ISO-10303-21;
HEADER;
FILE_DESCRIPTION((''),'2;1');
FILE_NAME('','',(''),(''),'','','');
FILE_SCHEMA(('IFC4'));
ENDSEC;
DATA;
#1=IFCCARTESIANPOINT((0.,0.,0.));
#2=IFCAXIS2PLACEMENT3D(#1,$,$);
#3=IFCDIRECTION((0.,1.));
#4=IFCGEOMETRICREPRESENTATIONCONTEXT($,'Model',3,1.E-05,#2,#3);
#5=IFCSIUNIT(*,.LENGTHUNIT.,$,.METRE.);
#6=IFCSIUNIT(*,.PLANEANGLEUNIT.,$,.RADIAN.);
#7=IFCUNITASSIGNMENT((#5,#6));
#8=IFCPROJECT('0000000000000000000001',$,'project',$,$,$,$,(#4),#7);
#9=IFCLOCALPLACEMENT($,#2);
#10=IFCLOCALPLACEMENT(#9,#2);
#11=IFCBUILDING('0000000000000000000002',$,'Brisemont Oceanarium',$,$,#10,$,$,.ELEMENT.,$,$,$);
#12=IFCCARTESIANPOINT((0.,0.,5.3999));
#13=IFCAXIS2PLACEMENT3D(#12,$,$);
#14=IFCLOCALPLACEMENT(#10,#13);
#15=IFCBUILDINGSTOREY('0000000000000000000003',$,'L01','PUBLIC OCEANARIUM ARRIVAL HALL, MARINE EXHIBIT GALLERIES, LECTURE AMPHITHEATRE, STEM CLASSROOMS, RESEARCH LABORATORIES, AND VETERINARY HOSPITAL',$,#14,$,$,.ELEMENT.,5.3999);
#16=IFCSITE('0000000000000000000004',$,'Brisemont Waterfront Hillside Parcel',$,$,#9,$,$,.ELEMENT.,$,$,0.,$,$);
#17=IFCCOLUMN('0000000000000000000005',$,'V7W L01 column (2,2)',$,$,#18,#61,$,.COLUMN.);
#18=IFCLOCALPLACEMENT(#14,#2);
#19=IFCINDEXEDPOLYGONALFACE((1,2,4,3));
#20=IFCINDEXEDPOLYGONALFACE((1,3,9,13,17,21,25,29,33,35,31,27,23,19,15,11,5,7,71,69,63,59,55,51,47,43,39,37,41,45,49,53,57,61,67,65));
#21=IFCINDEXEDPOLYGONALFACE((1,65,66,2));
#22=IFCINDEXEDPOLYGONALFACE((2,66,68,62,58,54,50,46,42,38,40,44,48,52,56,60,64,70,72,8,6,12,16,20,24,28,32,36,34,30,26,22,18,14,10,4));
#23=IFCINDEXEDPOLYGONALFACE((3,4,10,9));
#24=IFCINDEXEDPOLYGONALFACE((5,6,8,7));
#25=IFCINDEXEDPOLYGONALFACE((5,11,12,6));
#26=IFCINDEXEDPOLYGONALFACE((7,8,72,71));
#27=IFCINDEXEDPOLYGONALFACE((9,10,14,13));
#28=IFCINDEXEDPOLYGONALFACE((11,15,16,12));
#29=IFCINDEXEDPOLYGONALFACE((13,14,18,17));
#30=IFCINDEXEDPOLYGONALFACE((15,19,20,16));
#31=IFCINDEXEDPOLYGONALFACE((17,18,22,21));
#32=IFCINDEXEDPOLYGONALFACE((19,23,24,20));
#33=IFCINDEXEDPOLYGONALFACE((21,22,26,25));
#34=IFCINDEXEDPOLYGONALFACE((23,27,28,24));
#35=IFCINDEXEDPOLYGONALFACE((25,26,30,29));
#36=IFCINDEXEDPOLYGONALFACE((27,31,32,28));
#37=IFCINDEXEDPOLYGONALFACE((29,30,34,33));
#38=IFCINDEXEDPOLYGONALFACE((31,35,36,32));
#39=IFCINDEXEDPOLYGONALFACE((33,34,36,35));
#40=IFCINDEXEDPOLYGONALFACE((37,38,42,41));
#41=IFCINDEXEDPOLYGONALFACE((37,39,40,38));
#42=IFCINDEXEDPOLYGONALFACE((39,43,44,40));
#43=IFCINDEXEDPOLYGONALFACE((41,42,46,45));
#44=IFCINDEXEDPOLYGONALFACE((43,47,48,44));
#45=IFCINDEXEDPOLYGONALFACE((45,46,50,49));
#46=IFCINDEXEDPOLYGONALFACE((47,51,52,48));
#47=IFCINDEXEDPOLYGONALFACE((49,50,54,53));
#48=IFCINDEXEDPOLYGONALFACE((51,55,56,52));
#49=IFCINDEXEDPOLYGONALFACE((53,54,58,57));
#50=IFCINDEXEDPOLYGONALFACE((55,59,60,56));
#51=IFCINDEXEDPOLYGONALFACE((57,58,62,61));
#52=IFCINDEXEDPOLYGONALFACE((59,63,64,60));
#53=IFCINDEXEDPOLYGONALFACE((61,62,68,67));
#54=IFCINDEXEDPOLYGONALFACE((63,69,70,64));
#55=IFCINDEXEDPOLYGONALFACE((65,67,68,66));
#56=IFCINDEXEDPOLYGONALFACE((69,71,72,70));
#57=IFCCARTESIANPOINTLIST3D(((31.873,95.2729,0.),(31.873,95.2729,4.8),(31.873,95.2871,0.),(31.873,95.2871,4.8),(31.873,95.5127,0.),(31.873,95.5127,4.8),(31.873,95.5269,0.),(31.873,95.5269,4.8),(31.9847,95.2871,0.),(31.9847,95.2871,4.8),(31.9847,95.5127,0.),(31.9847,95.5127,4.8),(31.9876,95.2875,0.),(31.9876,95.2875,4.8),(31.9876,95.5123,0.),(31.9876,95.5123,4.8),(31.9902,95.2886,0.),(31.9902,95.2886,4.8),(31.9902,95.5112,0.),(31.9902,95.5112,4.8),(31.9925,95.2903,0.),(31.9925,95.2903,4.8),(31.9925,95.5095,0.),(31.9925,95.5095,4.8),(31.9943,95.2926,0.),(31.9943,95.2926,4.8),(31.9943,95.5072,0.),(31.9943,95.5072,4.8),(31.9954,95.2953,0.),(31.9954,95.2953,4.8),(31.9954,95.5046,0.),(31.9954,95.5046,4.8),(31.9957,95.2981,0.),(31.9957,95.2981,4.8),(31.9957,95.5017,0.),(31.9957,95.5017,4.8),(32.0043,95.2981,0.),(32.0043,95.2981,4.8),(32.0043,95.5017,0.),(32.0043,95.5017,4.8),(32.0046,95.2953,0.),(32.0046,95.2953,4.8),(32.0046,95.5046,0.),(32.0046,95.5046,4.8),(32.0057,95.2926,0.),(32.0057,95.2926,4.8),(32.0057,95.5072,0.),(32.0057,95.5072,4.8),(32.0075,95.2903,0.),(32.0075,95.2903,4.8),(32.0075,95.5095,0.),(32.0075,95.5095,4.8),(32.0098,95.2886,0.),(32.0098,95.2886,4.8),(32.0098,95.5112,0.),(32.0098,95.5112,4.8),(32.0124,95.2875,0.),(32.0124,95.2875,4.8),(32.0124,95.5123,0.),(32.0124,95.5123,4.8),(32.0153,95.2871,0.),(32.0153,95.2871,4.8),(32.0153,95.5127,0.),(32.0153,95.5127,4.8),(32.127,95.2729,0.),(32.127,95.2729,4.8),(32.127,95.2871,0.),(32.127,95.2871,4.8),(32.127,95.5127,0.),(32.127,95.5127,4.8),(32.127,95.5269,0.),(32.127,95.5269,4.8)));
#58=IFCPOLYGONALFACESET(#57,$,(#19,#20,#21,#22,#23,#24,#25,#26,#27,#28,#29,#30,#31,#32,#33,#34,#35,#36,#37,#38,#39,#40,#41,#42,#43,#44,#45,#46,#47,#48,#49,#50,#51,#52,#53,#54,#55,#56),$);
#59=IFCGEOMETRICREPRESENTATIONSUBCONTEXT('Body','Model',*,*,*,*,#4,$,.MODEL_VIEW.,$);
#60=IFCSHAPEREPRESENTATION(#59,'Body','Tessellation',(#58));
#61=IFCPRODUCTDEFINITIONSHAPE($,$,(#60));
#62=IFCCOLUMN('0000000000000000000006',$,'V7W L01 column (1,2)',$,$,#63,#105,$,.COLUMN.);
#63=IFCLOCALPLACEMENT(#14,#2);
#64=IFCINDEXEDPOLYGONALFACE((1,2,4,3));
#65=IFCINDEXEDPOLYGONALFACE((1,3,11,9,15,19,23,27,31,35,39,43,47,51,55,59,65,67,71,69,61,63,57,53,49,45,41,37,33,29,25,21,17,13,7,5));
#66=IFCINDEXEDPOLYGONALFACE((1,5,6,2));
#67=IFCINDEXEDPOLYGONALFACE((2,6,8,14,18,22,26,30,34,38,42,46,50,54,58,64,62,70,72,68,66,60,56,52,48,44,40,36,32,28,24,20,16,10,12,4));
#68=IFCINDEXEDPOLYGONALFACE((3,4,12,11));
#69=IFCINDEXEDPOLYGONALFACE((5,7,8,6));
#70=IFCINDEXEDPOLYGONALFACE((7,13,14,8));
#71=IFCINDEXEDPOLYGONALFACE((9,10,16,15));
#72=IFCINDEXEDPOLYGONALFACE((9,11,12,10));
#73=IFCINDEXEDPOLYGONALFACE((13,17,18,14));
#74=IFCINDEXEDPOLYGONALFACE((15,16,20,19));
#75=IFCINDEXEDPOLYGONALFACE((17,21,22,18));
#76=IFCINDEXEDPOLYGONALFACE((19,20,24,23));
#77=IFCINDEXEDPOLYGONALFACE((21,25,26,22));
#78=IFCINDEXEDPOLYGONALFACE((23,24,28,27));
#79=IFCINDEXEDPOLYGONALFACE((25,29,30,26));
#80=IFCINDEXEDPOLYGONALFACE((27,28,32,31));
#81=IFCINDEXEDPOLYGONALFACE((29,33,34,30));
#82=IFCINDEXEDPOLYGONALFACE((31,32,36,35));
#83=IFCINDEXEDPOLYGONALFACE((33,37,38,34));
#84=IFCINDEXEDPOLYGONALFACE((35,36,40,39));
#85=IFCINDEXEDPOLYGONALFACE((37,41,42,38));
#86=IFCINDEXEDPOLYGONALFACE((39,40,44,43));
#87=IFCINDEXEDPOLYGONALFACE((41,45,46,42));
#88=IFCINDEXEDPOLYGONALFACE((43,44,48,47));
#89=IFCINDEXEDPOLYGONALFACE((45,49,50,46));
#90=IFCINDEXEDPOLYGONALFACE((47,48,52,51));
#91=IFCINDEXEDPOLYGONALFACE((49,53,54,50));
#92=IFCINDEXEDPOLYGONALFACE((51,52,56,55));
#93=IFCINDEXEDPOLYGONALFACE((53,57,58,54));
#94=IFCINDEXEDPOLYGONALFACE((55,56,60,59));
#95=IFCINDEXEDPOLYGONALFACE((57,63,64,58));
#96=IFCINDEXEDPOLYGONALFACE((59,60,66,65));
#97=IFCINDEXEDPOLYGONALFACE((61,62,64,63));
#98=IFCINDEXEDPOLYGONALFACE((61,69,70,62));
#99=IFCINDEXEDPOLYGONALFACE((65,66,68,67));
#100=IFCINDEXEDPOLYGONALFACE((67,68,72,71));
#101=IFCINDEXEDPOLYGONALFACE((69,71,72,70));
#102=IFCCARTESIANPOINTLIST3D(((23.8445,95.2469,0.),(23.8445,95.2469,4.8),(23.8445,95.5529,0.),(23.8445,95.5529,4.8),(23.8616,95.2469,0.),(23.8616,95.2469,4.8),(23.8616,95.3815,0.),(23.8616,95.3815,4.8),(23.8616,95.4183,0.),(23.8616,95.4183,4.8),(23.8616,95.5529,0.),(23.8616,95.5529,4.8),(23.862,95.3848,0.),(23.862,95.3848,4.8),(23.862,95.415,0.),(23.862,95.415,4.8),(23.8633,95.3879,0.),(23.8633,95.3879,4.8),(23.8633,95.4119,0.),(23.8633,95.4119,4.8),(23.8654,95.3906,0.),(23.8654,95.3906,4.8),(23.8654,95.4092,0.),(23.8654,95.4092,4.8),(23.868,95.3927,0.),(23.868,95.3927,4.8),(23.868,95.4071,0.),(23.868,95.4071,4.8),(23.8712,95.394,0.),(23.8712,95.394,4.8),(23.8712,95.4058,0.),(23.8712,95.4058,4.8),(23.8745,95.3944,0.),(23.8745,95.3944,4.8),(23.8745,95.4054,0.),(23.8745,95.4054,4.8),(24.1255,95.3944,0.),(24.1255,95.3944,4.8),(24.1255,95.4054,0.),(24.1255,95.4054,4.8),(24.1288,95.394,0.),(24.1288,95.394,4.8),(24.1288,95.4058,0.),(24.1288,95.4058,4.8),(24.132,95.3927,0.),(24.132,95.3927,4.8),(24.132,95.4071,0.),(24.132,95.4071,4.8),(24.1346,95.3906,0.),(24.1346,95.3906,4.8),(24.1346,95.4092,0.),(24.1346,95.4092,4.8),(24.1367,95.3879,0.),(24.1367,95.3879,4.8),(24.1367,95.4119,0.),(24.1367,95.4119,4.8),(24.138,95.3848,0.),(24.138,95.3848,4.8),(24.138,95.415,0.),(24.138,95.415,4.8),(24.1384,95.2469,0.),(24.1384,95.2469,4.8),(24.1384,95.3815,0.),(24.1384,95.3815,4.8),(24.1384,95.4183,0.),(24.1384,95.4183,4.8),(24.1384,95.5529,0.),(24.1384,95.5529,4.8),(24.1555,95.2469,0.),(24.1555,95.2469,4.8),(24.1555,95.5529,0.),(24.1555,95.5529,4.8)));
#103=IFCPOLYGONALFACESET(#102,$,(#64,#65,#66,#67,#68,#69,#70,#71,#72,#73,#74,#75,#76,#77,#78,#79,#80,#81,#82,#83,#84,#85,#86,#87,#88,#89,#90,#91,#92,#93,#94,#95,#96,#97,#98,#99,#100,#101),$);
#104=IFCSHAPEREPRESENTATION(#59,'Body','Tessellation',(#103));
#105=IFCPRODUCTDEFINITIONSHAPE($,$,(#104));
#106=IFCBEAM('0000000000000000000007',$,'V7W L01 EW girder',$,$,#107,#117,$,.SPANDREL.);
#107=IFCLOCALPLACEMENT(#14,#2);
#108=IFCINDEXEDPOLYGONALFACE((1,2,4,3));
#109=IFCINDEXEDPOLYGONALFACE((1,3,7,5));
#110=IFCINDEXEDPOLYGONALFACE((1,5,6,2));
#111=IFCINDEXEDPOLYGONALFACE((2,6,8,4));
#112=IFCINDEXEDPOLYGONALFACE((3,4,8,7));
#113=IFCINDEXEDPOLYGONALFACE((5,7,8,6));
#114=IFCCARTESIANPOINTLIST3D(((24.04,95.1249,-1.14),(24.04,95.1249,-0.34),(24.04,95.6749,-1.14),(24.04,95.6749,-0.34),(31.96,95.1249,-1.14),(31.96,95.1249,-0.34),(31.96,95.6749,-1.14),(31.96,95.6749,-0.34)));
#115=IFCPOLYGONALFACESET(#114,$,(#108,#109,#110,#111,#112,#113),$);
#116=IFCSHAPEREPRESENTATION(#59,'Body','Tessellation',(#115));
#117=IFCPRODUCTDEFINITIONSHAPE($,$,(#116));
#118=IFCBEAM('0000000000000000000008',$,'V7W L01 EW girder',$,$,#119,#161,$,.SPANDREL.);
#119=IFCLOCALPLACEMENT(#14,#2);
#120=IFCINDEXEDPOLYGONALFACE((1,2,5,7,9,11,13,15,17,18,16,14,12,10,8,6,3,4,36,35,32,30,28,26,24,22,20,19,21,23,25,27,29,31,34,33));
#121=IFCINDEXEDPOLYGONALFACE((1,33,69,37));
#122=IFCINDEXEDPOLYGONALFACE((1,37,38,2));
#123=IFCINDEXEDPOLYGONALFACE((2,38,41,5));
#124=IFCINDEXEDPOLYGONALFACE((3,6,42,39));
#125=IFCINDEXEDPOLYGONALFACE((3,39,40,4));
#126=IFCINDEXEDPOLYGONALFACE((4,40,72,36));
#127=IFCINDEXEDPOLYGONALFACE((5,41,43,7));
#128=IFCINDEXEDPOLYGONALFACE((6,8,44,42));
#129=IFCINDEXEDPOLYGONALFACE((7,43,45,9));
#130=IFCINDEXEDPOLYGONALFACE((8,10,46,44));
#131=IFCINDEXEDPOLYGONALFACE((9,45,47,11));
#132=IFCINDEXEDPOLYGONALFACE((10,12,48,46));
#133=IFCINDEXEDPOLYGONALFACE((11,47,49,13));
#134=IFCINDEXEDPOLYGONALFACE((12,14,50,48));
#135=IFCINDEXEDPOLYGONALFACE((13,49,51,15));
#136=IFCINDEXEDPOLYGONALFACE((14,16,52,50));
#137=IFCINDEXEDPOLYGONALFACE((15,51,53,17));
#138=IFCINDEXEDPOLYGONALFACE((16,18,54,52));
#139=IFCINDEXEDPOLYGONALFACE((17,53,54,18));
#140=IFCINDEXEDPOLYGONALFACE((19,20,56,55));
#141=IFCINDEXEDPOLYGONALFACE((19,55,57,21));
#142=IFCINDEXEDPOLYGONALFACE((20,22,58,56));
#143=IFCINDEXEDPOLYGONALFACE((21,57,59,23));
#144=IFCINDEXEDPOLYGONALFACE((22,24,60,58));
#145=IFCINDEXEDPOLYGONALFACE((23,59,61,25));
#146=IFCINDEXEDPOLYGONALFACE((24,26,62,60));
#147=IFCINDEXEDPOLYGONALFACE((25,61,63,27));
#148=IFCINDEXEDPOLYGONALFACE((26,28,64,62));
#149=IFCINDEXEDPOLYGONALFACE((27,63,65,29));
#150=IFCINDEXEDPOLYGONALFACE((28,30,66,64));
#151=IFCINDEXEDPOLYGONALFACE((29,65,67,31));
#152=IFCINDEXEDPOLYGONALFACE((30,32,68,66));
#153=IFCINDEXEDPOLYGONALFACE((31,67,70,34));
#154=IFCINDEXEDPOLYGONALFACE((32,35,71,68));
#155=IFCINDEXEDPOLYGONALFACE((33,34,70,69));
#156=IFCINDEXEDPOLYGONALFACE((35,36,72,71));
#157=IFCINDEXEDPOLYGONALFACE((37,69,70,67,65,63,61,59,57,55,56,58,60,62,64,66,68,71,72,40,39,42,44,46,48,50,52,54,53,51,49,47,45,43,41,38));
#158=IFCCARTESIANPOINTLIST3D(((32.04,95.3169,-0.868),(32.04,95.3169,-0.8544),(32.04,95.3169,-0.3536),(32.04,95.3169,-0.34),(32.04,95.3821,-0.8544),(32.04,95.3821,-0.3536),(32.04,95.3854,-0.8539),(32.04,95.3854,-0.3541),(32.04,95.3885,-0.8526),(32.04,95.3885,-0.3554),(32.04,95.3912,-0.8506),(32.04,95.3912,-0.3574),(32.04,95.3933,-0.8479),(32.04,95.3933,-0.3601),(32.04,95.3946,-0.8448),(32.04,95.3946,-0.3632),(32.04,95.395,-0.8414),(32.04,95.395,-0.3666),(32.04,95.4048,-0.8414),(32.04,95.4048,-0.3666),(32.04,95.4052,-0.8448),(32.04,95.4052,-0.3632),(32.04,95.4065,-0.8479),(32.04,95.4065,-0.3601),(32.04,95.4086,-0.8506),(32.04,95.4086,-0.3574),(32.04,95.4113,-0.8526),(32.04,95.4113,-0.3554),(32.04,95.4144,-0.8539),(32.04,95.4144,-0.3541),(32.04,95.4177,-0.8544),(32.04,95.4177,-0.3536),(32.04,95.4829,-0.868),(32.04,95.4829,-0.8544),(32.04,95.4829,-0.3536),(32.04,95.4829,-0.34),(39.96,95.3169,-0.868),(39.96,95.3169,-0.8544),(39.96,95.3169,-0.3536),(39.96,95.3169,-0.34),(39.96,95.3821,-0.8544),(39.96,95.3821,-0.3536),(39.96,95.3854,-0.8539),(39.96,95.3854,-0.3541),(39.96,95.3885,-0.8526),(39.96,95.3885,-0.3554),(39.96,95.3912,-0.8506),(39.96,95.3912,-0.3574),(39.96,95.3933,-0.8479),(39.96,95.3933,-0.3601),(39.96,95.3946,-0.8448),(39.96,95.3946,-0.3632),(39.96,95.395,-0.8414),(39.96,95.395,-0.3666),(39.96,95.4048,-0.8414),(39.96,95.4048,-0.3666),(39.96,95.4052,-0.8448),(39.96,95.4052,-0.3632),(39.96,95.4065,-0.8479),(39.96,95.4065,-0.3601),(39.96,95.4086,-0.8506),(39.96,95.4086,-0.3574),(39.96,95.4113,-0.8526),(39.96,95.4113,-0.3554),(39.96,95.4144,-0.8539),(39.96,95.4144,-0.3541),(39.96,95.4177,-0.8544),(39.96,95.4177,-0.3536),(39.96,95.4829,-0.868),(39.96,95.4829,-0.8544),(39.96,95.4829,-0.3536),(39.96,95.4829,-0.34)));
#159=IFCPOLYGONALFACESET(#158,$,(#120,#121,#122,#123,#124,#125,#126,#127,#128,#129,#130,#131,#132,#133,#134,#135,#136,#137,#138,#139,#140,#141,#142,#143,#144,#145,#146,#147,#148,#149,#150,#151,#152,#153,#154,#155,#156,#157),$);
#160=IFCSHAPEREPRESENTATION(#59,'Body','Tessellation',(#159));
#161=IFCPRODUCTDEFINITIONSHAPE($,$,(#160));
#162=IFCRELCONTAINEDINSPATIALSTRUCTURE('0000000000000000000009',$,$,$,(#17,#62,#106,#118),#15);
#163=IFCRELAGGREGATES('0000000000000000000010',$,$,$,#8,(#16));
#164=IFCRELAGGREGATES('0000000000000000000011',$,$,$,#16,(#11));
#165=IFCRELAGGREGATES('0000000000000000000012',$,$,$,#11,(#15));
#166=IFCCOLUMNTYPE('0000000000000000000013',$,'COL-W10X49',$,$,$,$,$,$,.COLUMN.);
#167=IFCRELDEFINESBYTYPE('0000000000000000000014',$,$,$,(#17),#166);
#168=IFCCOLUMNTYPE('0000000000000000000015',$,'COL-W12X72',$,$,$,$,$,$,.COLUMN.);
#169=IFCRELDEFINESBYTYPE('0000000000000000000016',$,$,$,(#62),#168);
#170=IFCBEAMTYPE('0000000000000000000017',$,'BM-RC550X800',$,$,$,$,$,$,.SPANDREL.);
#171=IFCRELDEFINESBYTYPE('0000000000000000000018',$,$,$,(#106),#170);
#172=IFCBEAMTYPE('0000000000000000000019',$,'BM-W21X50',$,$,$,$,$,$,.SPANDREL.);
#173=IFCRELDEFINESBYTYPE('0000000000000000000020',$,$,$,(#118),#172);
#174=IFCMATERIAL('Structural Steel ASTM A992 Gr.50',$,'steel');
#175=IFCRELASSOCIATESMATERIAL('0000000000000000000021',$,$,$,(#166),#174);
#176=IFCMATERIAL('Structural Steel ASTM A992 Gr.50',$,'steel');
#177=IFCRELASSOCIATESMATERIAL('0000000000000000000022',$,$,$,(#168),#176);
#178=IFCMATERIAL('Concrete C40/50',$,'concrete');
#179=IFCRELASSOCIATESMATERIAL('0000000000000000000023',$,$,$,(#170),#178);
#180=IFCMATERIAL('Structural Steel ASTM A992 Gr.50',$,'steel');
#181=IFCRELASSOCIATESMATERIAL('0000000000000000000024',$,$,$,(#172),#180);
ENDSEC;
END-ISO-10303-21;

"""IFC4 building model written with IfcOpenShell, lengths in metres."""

from ifc_helpers import new_model, si_unit, direction, frame, origin, origin_2d, place, context, subcontext, project, spatial, rectangle, i_section, extrude, material, material_profile, profile_set, type_object, element, save


model = new_model("IFC4")

# Units and contexts
model_context = context("Model", 3, precision=1e-05, world=origin(), true_north=direction((0.0, 1.0)))
body_context = subcontext(model_context, "Body", "Model", "MODEL_VIEW")
ifc_project = project(units=[si_unit("LENGTHUNIT", "METRE"), si_unit("PLANEANGLEUNIT", "RADIAN")], contexts=[model_context])

# Site, building, storey
site_placement = place(None, origin())
site = spatial("IfcSite", under=ifc_project, at=site_placement, Name="Brisemont Waterfront Hillside Parcel", CompositionType="ELEMENT", RefElevation=0.0)
building_placement = place(site_placement, origin())
building = spatial("IfcBuilding", under=site, at=building_placement, Name="Brisemont Oceanarium", CompositionType="ELEMENT")
storey_placement = place(building_placement, frame((0.0, 0.0, 5.3999)))
storey = spatial("IfcBuildingStorey", under=building, at=storey_placement, Name="L01", Description="PUBLIC OCEANARIUM ARRIVAL HALL, MARINE EXHIBIT GALLERIES, LECTURE AMPHITHEATRE, STEM CLASSROOMS, RESEARCH LABORATORIES, AND VETERINARY HOSPITAL", CompositionType="ELEMENT", Elevation=5.3999)

# Columns
ifc_material_1 = material(Name="Structural Steel ASTM A992 Gr.50", Category="steel")
ifc_material_profile_1 = material_profile(ifc_material_1, i_section(OverallWidth=0.2539, OverallDepth=0.2539, WebThickness=0.0085, FlangeThickness=0.0142, FilletRadius=0.011, at=origin_2d()), Name="W10X49")
ifc_profile_set_1 = profile_set([ifc_material_profile_1], Name="Structural Steel ASTM A992 Gr.50")
column_type_1 = type_object("IfcColumnType", Name="COL-W10X49", PredefinedType="COLUMN", material=ifc_profile_set_1)
column_1_placement = place(storey_placement, frame((32.0, 95.3999, 0.0), z_axis=(0.0, 0.0, 1.0), x_axis=(1.0, 0.0, 0.0)))
element("IfcColumn", 1, at=column_1_placement, inside=storey, type_object=column_type_1, Name="V7W L01 column (2,2)", PredefinedType="COLUMN", context=body_context, shape_type="SweptSolid", body=[
    extrude(i_section(OverallWidth=0.2539, OverallDepth=0.2539, WebThickness=0.0085, FlangeThickness=0.0142, FilletRadius=0.011, at=origin_2d()), origin(), (0.0, 0.0, 1.0), 4.8),
])
ifc_material_2 = material(Name="Structural Steel ASTM A992 Gr.50", Category="steel")
ifc_material_profile_2 = material_profile(ifc_material_2, i_section(OverallWidth=0.3059, OverallDepth=0.311, WebThickness=0.011, FlangeThickness=0.0171, FilletRadius=0.0129, at=origin_2d()), Name="W12X72")
ifc_profile_set_2 = profile_set([ifc_material_profile_2], Name="Structural Steel ASTM A992 Gr.50")
column_type_2 = type_object("IfcColumnType", Name="COL-W12X72", PredefinedType="COLUMN", material=ifc_profile_set_2)
column_2_placement = place(storey_placement, frame((24.0, 95.3999, 0.0), z_axis=(0.0, 0.0, 1.0), x_axis=(0.0, 1.0, 0.0)))
element("IfcColumn", 2, at=column_2_placement, inside=storey, type_object=column_type_2, Name="V7W L01 column (1,2)", PredefinedType="COLUMN", context=body_context, shape_type="SweptSolid", body=[
    extrude(i_section(OverallWidth=0.3059, OverallDepth=0.311, WebThickness=0.011, FlangeThickness=0.0171, FilletRadius=0.0129, at=origin_2d()), origin(), (0.0, 0.0, 1.0), 4.8),
])

# Beams
ifc_material_3 = material(Name="Concrete C40/50", Category="concrete")
ifc_material_profile_3 = material_profile(ifc_material_3, rectangle(XDim=0.55, YDim=0.8, at=origin_2d()), Name="RC-BM-550X800")
ifc_profile_set_3 = profile_set([ifc_material_profile_3], Name="Concrete C40/50")
beam_type_1 = type_object("IfcBeamType", Name="BM-RC550X800", PredefinedType="SPANDREL", material=ifc_profile_set_3)
beam_1_placement = place(storey_placement, frame((24.04, 95.3999, -0.74), z_axis=(1.0, 0.0, 0.0), x_axis=(0.0, 1.0, 0.0)))
element("IfcBeam", 3, at=beam_1_placement, inside=storey, type_object=beam_type_1, Name="V7W L01 EW girder", PredefinedType="SPANDREL", context=body_context, shape_type="SweptSolid", body=[
    extrude(rectangle(XDim=0.55, YDim=0.8, at=origin_2d()), origin(), (0.0, 0.0, 1.0), 7.9199),
])
ifc_material_4 = material(Name="Structural Steel ASTM A992 Gr.50", Category="steel")
ifc_material_profile_4 = material_profile(ifc_material_4, i_section(OverallWidth=0.166, OverallDepth=0.5281, WebThickness=0.0098, FlangeThickness=0.0137, FilletRadius=0.0129, at=origin_2d()), Name="W21X50")
ifc_profile_set_4 = profile_set([ifc_material_profile_4], Name="Structural Steel ASTM A992 Gr.50")
beam_type_2 = type_object("IfcBeamType", Name="BM-W21X50", PredefinedType="SPANDREL", material=ifc_profile_set_4)
beam_2_placement = place(storey_placement, frame((32.04, 95.3999, -0.604), z_axis=(1.0, 0.0, 0.0), x_axis=(0.0, 1.0, 0.0)))
element("IfcBeam", 4, at=beam_2_placement, inside=storey, type_object=beam_type_2, Name="V7W L01 EW girder", PredefinedType="SPANDREL", context=body_context, shape_type="SweptSolid", body=[
    extrude(i_section(OverallWidth=0.166, OverallDepth=0.5281, WebThickness=0.0098, FlangeThickness=0.0137, FilletRadius=0.0129, at=origin_2d()), origin(), (0.0, 0.0, 1.0), 7.9199),
])

save(model, "model.ifc")
